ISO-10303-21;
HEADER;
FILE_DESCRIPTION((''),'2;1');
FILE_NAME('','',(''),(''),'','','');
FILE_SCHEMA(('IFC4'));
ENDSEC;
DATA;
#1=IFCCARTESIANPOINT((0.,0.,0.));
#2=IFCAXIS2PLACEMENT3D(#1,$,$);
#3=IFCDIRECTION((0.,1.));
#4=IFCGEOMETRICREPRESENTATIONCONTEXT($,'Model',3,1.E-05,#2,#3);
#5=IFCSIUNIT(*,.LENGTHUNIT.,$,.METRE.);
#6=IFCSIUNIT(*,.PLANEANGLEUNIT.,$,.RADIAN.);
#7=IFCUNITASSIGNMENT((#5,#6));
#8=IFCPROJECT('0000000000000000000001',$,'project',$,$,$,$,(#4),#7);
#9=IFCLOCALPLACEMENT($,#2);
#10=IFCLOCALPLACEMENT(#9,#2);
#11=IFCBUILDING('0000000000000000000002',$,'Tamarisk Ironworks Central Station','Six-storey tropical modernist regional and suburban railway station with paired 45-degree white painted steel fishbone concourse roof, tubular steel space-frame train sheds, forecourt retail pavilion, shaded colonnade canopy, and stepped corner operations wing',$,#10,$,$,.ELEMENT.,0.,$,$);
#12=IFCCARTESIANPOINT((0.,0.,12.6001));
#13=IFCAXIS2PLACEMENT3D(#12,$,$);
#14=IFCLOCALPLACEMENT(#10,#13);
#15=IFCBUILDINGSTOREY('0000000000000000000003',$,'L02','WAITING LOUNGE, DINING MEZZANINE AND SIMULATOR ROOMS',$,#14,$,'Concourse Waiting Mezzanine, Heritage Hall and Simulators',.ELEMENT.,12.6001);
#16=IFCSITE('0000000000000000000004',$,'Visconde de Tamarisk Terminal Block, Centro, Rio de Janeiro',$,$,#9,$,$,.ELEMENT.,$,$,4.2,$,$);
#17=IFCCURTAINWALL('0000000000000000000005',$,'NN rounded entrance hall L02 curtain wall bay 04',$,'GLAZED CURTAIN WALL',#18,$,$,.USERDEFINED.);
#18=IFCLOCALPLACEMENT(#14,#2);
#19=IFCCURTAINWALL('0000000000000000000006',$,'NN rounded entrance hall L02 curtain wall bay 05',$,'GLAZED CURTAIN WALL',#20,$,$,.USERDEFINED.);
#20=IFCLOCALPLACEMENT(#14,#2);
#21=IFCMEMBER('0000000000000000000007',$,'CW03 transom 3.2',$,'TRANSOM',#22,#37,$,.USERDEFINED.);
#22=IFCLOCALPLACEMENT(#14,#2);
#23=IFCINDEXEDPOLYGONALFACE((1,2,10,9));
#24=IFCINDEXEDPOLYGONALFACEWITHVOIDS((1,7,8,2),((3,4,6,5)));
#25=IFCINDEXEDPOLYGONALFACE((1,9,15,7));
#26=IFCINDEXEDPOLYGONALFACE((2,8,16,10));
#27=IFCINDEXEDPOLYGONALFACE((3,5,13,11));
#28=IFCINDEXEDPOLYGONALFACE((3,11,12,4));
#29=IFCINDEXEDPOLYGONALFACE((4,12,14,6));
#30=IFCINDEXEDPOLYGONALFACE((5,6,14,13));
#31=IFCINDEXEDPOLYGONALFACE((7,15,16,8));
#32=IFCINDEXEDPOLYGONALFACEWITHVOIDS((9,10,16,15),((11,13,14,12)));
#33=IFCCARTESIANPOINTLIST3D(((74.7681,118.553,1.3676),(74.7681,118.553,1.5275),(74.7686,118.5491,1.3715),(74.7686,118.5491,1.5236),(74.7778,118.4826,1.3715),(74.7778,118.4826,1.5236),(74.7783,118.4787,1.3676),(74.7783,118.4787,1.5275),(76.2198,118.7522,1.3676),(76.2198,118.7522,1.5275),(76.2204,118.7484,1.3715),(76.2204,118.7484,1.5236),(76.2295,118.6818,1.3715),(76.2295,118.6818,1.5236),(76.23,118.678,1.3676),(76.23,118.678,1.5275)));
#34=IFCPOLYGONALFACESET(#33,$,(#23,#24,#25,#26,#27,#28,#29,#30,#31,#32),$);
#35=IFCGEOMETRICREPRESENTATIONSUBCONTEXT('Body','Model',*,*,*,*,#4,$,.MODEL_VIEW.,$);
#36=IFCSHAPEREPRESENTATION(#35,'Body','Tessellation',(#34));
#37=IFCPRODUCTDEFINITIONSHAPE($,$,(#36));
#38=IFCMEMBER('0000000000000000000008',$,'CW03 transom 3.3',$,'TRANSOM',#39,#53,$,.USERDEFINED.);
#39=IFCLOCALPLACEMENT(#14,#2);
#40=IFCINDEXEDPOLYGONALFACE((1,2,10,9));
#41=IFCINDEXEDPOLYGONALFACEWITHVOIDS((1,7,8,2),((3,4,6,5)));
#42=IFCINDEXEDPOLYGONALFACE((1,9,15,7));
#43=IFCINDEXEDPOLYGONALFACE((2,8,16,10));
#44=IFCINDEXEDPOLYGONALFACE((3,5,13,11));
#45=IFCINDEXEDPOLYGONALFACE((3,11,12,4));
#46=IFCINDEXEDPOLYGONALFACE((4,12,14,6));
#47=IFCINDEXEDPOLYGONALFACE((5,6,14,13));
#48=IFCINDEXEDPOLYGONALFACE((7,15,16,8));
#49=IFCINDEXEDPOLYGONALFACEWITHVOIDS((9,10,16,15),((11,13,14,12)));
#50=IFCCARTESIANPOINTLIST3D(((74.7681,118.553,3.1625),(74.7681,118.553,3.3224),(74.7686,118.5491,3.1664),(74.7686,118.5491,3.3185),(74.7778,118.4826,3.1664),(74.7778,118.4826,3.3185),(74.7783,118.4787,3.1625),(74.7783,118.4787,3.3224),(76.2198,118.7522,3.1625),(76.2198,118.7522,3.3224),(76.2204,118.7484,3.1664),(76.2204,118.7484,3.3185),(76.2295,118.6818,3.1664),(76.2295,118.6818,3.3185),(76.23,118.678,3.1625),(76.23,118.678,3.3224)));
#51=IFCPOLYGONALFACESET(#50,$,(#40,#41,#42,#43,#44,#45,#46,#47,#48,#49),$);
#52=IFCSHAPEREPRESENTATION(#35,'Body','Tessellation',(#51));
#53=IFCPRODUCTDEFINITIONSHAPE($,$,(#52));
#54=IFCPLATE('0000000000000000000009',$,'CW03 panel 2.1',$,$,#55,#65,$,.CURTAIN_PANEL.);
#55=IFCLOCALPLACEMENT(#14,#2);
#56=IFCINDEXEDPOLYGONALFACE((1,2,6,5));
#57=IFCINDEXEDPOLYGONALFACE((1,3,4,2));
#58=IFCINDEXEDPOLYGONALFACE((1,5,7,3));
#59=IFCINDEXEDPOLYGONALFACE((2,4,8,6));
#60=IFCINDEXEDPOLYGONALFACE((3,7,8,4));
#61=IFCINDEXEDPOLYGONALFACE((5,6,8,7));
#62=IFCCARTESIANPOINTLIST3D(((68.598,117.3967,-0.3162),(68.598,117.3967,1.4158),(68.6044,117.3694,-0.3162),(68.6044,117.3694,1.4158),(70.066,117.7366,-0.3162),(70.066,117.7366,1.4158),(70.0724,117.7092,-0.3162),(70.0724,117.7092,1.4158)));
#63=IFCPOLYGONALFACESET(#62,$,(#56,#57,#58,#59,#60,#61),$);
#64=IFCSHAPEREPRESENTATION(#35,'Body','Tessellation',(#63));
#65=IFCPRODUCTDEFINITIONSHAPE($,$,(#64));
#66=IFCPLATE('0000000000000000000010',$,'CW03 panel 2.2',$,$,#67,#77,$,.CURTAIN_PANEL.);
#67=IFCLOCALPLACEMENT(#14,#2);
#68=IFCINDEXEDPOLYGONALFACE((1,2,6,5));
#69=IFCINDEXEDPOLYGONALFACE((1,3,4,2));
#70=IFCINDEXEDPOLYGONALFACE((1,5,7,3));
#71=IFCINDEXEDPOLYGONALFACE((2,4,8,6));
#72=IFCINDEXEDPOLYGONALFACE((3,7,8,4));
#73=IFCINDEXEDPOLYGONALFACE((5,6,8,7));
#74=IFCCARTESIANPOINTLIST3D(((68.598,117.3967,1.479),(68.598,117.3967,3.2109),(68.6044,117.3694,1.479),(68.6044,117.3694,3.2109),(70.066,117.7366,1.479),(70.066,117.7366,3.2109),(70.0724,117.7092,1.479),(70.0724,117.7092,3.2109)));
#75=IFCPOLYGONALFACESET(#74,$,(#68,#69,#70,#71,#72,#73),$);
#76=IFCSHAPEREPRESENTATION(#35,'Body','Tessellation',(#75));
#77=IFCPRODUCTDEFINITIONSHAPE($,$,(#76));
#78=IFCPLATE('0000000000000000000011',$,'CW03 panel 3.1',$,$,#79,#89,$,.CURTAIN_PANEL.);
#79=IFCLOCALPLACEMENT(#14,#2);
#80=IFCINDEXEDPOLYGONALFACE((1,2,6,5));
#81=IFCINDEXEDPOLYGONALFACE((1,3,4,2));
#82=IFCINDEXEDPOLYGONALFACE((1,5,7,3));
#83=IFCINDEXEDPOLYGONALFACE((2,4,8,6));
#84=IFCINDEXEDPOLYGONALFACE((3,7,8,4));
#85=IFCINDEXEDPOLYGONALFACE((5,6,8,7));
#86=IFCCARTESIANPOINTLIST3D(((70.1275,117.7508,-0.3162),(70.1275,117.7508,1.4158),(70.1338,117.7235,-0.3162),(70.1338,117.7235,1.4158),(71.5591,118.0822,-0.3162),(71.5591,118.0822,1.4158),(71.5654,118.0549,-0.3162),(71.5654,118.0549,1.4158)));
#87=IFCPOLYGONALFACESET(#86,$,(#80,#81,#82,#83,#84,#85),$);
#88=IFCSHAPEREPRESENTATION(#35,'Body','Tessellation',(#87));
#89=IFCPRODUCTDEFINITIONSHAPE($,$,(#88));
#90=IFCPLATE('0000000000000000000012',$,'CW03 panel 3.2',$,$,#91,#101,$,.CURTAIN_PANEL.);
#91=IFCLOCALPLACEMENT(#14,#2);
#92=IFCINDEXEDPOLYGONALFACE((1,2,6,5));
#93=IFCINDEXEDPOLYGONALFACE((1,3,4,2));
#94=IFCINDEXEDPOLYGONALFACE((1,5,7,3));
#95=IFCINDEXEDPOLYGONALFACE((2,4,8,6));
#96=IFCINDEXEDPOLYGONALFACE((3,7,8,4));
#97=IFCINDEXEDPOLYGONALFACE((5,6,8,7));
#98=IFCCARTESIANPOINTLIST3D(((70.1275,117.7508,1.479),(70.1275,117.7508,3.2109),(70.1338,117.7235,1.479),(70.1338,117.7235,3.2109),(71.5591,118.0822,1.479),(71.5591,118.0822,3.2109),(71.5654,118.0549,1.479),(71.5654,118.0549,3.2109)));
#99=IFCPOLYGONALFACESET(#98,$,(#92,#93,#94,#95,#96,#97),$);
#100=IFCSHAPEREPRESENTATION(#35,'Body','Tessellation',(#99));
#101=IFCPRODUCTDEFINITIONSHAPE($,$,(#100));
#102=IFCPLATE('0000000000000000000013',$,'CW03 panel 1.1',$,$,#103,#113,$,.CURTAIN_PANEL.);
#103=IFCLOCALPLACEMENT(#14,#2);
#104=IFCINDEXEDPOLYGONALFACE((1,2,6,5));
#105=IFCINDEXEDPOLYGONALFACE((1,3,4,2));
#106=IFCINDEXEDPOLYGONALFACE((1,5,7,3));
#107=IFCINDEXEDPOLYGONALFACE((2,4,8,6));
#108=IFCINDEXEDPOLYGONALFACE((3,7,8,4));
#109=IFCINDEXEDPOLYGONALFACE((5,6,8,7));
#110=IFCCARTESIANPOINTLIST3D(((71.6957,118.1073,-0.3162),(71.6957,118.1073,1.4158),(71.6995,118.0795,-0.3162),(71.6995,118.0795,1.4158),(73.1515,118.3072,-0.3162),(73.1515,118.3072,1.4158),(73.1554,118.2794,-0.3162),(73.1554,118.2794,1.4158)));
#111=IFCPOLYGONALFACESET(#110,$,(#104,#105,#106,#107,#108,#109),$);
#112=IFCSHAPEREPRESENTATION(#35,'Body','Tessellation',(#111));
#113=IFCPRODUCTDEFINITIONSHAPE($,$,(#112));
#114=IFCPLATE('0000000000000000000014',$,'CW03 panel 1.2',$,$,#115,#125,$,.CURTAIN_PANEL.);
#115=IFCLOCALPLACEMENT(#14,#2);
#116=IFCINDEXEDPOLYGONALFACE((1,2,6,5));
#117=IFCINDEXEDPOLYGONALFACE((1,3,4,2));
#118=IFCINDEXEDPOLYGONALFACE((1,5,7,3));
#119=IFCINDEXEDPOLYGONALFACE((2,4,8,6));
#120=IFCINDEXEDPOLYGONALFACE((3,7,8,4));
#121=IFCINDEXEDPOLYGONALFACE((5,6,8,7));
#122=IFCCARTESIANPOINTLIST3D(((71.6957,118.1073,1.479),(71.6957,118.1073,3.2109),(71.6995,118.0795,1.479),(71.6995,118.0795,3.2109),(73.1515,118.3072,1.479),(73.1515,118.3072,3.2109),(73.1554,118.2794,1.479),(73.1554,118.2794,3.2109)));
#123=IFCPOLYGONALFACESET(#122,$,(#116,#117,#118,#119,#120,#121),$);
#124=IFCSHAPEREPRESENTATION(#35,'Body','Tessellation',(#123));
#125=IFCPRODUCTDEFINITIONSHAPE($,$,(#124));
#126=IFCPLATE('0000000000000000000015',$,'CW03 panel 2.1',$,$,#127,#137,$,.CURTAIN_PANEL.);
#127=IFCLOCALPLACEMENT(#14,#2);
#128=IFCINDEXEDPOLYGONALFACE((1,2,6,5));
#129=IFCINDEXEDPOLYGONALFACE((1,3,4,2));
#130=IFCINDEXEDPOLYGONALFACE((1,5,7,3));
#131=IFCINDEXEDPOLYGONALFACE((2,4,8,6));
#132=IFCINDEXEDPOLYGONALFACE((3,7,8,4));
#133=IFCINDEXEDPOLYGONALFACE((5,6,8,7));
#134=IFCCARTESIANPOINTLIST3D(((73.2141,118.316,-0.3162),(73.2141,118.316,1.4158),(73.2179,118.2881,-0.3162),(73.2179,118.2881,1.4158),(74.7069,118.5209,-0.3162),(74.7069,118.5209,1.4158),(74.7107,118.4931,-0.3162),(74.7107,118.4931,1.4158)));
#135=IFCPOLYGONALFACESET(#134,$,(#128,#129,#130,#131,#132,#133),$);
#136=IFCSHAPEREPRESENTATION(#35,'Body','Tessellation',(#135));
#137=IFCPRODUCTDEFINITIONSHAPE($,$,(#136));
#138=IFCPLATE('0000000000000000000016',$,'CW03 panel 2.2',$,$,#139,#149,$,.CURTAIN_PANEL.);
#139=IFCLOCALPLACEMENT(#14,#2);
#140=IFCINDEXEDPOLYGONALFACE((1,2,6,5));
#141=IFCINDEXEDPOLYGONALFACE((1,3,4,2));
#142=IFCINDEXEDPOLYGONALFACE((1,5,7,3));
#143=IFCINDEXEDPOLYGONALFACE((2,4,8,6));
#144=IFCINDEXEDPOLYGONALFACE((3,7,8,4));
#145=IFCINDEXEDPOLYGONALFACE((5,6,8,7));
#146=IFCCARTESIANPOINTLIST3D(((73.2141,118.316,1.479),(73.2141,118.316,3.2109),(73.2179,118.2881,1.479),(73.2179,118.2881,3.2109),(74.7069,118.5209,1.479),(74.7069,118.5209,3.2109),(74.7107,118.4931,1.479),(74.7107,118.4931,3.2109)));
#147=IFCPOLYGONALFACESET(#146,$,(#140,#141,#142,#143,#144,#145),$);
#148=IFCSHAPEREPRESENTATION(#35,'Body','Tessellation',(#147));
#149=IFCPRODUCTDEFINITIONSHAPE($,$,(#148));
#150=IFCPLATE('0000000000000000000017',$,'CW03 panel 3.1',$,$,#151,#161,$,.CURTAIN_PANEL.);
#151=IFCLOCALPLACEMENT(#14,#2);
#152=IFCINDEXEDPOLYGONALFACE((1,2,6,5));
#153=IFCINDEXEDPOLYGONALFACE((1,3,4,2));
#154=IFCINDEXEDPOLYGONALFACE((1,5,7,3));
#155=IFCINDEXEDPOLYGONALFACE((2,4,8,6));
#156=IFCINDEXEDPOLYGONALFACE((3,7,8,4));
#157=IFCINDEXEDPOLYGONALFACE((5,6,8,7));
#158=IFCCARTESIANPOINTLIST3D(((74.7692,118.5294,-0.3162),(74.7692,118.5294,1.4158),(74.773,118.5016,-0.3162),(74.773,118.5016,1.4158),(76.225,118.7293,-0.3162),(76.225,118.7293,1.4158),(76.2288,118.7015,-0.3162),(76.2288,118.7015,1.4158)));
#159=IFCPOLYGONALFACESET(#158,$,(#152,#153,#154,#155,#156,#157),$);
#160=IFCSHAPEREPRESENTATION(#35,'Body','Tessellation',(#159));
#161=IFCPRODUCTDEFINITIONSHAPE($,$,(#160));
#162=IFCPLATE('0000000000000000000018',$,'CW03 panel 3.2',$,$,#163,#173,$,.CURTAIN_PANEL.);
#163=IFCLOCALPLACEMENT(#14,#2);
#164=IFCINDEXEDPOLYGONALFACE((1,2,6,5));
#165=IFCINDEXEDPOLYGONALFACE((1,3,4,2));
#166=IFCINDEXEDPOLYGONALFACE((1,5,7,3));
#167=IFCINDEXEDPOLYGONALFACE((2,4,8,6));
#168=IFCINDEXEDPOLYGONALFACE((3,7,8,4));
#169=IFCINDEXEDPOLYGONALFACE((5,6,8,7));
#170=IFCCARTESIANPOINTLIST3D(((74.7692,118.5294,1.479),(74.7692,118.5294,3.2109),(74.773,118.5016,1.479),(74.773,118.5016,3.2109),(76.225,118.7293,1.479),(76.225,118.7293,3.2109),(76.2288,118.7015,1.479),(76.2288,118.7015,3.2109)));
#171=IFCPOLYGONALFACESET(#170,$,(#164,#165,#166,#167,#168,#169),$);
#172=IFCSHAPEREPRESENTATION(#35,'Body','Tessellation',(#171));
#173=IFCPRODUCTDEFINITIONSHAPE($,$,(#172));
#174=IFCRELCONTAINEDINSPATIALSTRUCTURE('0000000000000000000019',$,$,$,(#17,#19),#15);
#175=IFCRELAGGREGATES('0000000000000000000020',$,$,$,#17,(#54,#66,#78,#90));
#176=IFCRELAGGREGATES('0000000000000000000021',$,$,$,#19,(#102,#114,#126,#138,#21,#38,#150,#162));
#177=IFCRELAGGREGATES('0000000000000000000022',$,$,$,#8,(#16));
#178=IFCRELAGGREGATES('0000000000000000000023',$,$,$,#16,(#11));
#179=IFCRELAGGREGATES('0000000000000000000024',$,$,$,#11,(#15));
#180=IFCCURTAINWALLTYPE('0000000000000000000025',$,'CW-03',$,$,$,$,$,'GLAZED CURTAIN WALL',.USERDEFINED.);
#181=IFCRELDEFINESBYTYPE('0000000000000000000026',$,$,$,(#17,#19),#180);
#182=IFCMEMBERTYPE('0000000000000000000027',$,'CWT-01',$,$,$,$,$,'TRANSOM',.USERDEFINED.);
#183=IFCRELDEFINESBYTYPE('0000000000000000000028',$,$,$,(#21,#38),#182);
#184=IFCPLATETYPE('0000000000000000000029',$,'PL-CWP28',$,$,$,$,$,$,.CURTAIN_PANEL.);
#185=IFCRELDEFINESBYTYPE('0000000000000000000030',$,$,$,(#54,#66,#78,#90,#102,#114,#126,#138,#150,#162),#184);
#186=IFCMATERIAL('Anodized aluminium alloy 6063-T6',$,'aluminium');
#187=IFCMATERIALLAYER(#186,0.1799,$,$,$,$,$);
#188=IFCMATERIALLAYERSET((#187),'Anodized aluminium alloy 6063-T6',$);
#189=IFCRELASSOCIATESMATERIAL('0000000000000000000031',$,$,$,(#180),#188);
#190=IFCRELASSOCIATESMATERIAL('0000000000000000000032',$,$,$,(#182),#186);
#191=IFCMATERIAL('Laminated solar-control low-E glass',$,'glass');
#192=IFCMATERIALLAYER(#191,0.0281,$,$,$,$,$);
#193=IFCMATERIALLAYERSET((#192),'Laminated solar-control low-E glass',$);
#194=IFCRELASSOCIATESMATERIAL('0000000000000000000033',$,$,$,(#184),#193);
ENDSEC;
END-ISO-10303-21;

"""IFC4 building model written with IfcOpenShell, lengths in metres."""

from ifc_helpers import new_model, si_unit, direction, frame, origin, origin_2d, place, context, subcontext, project, spatial, rectangle, hollow_rectangle, extrude, material, layer, layer_set, material_profile, profile_set, type_object, element, aggregate, save


model = new_model("IFC4")

# Units and contexts
model_context = context("Model", 3, precision=1e-05, world=origin(), true_north=direction((0.0, 1.0)))
body_context = subcontext(model_context, "Body", "Model", "MODEL_VIEW")
ifc_project = project(units=[si_unit("LENGTHUNIT", "METRE"), si_unit("PLANEANGLEUNIT", "RADIAN")], contexts=[model_context])

# Site, building, storey
site_placement = place(None, origin())
site = spatial("IfcSite", under=ifc_project, at=site_placement, Name="Visconde de Tamarisk Terminal Block, Centro, Rio de Janeiro", CompositionType="ELEMENT", RefElevation=4.2)
building_placement = place(site_placement, origin())
building = spatial("IfcBuilding", under=site, at=building_placement, Name="Tamarisk Ironworks Central Station", Description="Six-storey tropical modernist regional and suburban railway station with paired 45-degree white painted steel fishbone concourse roof, tubular steel space-frame train sheds, forecourt retail pavilion, shaded colonnade canopy, and stepped corner operations wing", CompositionType="ELEMENT", ElevationOfRefHeight=0.0)
storey_placement = place(building_placement, frame((0.0, 0.0, 12.6001)))
storey = spatial("IfcBuildingStorey", under=building, at=storey_placement, Name="L02", Description="WAITING LOUNGE, DINING MEZZANINE AND SIMULATOR ROOMS", LongName="Concourse Waiting Mezzanine, Heritage Hall and Simulators", CompositionType="ELEMENT", Elevation=12.6001)

# Curtain walls
ifc_material_1 = material(Name="Anodized aluminium alloy 6063-T6", Category="aluminium")
ifc_layer_1 = layer(ifc_material_1, 0.1799)
ifc_layer_set_1 = layer_set([ifc_layer_1], Name="Anodized aluminium alloy 6063-T6")
curtain_wall_type = type_object("IfcCurtainWallType", Name="CW-03", ElementType="GLAZED CURTAIN WALL", PredefinedType="USERDEFINED", material=ifc_layer_set_1)
curtain_wall_1_placement = place(storey_placement, origin())
curtain_wall_1 = element("IfcCurtainWall", 1, at=curtain_wall_1_placement, inside=storey, type_object=curtain_wall_type, Name="NN rounded entrance hall L02 curtain wall bay 04", ObjectType="GLAZED CURTAIN WALL", PredefinedType="USERDEFINED")
curtain_wall_2_placement = place(storey_placement, origin())
curtain_wall_2 = element("IfcCurtainWall", 2, at=curtain_wall_2_placement, inside=storey, type_object=curtain_wall_type, Name="NN rounded entrance hall L02 curtain wall bay 05", ObjectType="GLAZED CURTAIN WALL", PredefinedType="USERDEFINED")

# Members
ifc_material_profile_1 = material_profile(ifc_material_1, hollow_rectangle(XDim=0.075, YDim=0.1599, WallThickness=0.0039, at=origin_2d()), Name="ALUM 160x75")
ifc_profile_set_1 = profile_set([ifc_material_profile_1], Name="Anodized aluminium alloy 6063-T6")
member_type_1 = type_object("IfcMemberType", Name="CWT-01", ElementType="TRANSOM", PredefinedType="USERDEFINED", material=ifc_profile_set_1)
member_1_placement = place(storey_placement, frame((74.7732, 118.5159, 1.4475), z_axis=(0.990714, 0.135961, 0.0), x_axis=(-0.135961, 0.990714, 0.0)))
member_1 = element("IfcMember", 3, at=member_1_placement, type_object=member_type_1, Name="CW03 transom 3.2", ObjectType="TRANSOM", PredefinedType="USERDEFINED", context=body_context, shape_type="SweptSolid", body=[
    extrude(hollow_rectangle(XDim=0.075, YDim=0.1599, WallThickness=0.0039, at=origin_2d()), origin(), (0.0, 0.0, 1.0), 1.4653),
])
member_2_placement = place(storey_placement, frame((74.7732, 118.5159, 3.2424), z_axis=(0.990714, 0.135961, 0.0), x_axis=(-0.135961, 0.990714, 0.0)))
member_2 = element("IfcMember", 4, at=member_2_placement, type_object=member_type_1, Name="CW03 transom 3.3", ObjectType="TRANSOM", PredefinedType="USERDEFINED", context=body_context, shape_type="SweptSolid", body=[
    extrude(hollow_rectangle(XDim=0.075, YDim=0.1599, WallThickness=0.0039, at=origin_2d()), origin(), (0.0, 0.0, 1.0), 1.4653),
])

# Plates
ifc_material_2 = material(Name="Laminated solar-control low-E glass", Category="glass")
ifc_layer_2 = layer(ifc_material_2, 0.0281)
ifc_layer_set_2 = layer_set([ifc_layer_2], Name="Laminated solar-control low-E glass")
plate_type = type_object("IfcPlateType", Name="PL-CWP28", PredefinedType="CURTAIN_PANEL", material=ifc_layer_set_2)
plate_1_placement = place(storey_placement, frame((69.3352, 117.553, -0.3162), z_axis=(0.0, 0.0, 1.0), x_axis=(0.974239, 0.225517, 0.0)))
plate_1 = element("IfcPlate", 5, at=plate_1_placement, type_object=plate_type, Name="CW03 panel 2.1", PredefinedType="CURTAIN_PANEL", context=body_context, shape_type="SweptSolid", body=[
    extrude(rectangle(XDim=1.5068, YDim=0.0281, at=origin_2d()), origin(), (0.0, 0.0, 1.0), 1.7319),
])
plate_2_placement = place(storey_placement, frame((69.3352, 117.553, 1.479), z_axis=(0.0, 0.0, 1.0), x_axis=(0.974239, 0.225517, 0.0)))
plate_2 = element("IfcPlate", 6, at=plate_2_placement, type_object=plate_type, Name="CW03 panel 2.2", PredefinedType="CURTAIN_PANEL", context=body_context, shape_type="SweptSolid", body=[
    extrude(rectangle(XDim=1.5068, YDim=0.0281, at=origin_2d()), origin(), (0.0, 0.0, 1.0), 1.7319),
])
plate_3_placement = place(storey_placement, frame((70.8464, 117.9028, -0.3162), z_axis=(0.0, 0.0, 1.0), x_axis=(0.974239, 0.225517, 0.0)))
plate_3 = element("IfcPlate", 7, at=plate_3_placement, type_object=plate_type, Name="CW03 panel 3.1", PredefinedType="CURTAIN_PANEL", context=body_context, shape_type="SweptSolid", body=[
    extrude(rectangle(XDim=1.4695, YDim=0.0281, at=origin_2d()), origin(), (0.0, 0.0, 1.0), 1.7319),
])
plate_4_placement = place(storey_placement, frame((70.8464, 117.9028, 1.479), z_axis=(0.0, 0.0, 1.0), x_axis=(0.974239, 0.225517, 0.0)))
plate_4 = element("IfcPlate", 8, at=plate_4_placement, type_object=plate_type, Name="CW03 panel 3.2", PredefinedType="CURTAIN_PANEL", context=body_context, shape_type="SweptSolid", body=[
    extrude(rectangle(XDim=1.4695, YDim=0.0281, at=origin_2d()), origin(), (0.0, 0.0, 1.0), 1.7319),
])
aggregate(curtain_wall_1, [plate_1, plate_2, plate_3, plate_4])
plate_5_placement = place(storey_placement, frame((72.4255, 118.1934, -0.3162), z_axis=(0.0, 0.0, 1.0), x_axis=(0.990703, 0.136042, 0.0)))
plate_5 = element("IfcPlate", 9, at=plate_5_placement, type_object=plate_type, Name="CW03 panel 1.1", PredefinedType="CURTAIN_PANEL", context=body_context, shape_type="SweptSolid", body=[
    extrude(rectangle(XDim=1.4695, YDim=0.0281, at=origin_2d()), origin(), (0.0, 0.0, 1.0), 1.7319),
])
plate_6_placement = place(storey_placement, frame((72.4255, 118.1934, 1.479), z_axis=(0.0, 0.0, 1.0), x_axis=(0.990703, 0.136042, 0.0)))
plate_6 = element("IfcPlate", 10, at=plate_6_placement, type_object=plate_type, Name="CW03 panel 1.2", PredefinedType="CURTAIN_PANEL", context=body_context, shape_type="SweptSolid", body=[
    extrude(rectangle(XDim=1.4695, YDim=0.0281, at=origin_2d()), origin(), (0.0, 0.0, 1.0), 1.7319),
])
plate_7_placement = place(storey_placement, frame((73.9624, 118.4045, -0.3162), z_axis=(0.0, 0.0, 1.0), x_axis=(0.990703, 0.136042, 0.0)))
plate_7 = element("IfcPlate", 11, at=plate_7_placement, type_object=plate_type, Name="CW03 panel 2.1", PredefinedType="CURTAIN_PANEL", context=body_context, shape_type="SweptSolid", body=[
    extrude(rectangle(XDim=1.5068, YDim=0.0281, at=origin_2d()), origin(), (0.0, 0.0, 1.0), 1.7319),
])
plate_8_placement = place(storey_placement, frame((73.9624, 118.4045, 1.479), z_axis=(0.0, 0.0, 1.0), x_axis=(0.990703, 0.136042, 0.0)))
plate_8 = element("IfcPlate", 12, at=plate_8_placement, type_object=plate_type, Name="CW03 panel 2.2", PredefinedType="CURTAIN_PANEL", context=body_context, shape_type="SweptSolid", body=[
    extrude(rectangle(XDim=1.5068, YDim=0.0281, at=origin_2d()), origin(), (0.0, 0.0, 1.0), 1.7319),
])
plate_9_placement = place(storey_placement, frame((75.499, 118.6155, -0.3162), z_axis=(0.0, 0.0, 1.0), x_axis=(0.990703, 0.136042, 0.0)))
plate_9 = element("IfcPlate", 13, at=plate_9_placement, type_object=plate_type, Name="CW03 panel 3.1", PredefinedType="CURTAIN_PANEL", context=body_context, shape_type="SweptSolid", body=[
    extrude(rectangle(XDim=1.4695, YDim=0.0281, at=origin_2d()), origin(), (0.0, 0.0, 1.0), 1.7319),
])
plate_10_placement = place(storey_placement, frame((75.499, 118.6155, 1.479), z_axis=(0.0, 0.0, 1.0), x_axis=(0.990703, 0.136042, 0.0)))
plate_10 = element("IfcPlate", 14, at=plate_10_placement, type_object=plate_type, Name="CW03 panel 3.2", PredefinedType="CURTAIN_PANEL", context=body_context, shape_type="SweptSolid", body=[
    extrude(rectangle(XDim=1.4695, YDim=0.0281, at=origin_2d()), origin(), (0.0, 0.0, 1.0), 1.7319),
])
aggregate(curtain_wall_2, [plate_5, plate_6, plate_7, plate_8, member_1, member_2, plate_9, plate_10])

save(model, "model.ifc")
